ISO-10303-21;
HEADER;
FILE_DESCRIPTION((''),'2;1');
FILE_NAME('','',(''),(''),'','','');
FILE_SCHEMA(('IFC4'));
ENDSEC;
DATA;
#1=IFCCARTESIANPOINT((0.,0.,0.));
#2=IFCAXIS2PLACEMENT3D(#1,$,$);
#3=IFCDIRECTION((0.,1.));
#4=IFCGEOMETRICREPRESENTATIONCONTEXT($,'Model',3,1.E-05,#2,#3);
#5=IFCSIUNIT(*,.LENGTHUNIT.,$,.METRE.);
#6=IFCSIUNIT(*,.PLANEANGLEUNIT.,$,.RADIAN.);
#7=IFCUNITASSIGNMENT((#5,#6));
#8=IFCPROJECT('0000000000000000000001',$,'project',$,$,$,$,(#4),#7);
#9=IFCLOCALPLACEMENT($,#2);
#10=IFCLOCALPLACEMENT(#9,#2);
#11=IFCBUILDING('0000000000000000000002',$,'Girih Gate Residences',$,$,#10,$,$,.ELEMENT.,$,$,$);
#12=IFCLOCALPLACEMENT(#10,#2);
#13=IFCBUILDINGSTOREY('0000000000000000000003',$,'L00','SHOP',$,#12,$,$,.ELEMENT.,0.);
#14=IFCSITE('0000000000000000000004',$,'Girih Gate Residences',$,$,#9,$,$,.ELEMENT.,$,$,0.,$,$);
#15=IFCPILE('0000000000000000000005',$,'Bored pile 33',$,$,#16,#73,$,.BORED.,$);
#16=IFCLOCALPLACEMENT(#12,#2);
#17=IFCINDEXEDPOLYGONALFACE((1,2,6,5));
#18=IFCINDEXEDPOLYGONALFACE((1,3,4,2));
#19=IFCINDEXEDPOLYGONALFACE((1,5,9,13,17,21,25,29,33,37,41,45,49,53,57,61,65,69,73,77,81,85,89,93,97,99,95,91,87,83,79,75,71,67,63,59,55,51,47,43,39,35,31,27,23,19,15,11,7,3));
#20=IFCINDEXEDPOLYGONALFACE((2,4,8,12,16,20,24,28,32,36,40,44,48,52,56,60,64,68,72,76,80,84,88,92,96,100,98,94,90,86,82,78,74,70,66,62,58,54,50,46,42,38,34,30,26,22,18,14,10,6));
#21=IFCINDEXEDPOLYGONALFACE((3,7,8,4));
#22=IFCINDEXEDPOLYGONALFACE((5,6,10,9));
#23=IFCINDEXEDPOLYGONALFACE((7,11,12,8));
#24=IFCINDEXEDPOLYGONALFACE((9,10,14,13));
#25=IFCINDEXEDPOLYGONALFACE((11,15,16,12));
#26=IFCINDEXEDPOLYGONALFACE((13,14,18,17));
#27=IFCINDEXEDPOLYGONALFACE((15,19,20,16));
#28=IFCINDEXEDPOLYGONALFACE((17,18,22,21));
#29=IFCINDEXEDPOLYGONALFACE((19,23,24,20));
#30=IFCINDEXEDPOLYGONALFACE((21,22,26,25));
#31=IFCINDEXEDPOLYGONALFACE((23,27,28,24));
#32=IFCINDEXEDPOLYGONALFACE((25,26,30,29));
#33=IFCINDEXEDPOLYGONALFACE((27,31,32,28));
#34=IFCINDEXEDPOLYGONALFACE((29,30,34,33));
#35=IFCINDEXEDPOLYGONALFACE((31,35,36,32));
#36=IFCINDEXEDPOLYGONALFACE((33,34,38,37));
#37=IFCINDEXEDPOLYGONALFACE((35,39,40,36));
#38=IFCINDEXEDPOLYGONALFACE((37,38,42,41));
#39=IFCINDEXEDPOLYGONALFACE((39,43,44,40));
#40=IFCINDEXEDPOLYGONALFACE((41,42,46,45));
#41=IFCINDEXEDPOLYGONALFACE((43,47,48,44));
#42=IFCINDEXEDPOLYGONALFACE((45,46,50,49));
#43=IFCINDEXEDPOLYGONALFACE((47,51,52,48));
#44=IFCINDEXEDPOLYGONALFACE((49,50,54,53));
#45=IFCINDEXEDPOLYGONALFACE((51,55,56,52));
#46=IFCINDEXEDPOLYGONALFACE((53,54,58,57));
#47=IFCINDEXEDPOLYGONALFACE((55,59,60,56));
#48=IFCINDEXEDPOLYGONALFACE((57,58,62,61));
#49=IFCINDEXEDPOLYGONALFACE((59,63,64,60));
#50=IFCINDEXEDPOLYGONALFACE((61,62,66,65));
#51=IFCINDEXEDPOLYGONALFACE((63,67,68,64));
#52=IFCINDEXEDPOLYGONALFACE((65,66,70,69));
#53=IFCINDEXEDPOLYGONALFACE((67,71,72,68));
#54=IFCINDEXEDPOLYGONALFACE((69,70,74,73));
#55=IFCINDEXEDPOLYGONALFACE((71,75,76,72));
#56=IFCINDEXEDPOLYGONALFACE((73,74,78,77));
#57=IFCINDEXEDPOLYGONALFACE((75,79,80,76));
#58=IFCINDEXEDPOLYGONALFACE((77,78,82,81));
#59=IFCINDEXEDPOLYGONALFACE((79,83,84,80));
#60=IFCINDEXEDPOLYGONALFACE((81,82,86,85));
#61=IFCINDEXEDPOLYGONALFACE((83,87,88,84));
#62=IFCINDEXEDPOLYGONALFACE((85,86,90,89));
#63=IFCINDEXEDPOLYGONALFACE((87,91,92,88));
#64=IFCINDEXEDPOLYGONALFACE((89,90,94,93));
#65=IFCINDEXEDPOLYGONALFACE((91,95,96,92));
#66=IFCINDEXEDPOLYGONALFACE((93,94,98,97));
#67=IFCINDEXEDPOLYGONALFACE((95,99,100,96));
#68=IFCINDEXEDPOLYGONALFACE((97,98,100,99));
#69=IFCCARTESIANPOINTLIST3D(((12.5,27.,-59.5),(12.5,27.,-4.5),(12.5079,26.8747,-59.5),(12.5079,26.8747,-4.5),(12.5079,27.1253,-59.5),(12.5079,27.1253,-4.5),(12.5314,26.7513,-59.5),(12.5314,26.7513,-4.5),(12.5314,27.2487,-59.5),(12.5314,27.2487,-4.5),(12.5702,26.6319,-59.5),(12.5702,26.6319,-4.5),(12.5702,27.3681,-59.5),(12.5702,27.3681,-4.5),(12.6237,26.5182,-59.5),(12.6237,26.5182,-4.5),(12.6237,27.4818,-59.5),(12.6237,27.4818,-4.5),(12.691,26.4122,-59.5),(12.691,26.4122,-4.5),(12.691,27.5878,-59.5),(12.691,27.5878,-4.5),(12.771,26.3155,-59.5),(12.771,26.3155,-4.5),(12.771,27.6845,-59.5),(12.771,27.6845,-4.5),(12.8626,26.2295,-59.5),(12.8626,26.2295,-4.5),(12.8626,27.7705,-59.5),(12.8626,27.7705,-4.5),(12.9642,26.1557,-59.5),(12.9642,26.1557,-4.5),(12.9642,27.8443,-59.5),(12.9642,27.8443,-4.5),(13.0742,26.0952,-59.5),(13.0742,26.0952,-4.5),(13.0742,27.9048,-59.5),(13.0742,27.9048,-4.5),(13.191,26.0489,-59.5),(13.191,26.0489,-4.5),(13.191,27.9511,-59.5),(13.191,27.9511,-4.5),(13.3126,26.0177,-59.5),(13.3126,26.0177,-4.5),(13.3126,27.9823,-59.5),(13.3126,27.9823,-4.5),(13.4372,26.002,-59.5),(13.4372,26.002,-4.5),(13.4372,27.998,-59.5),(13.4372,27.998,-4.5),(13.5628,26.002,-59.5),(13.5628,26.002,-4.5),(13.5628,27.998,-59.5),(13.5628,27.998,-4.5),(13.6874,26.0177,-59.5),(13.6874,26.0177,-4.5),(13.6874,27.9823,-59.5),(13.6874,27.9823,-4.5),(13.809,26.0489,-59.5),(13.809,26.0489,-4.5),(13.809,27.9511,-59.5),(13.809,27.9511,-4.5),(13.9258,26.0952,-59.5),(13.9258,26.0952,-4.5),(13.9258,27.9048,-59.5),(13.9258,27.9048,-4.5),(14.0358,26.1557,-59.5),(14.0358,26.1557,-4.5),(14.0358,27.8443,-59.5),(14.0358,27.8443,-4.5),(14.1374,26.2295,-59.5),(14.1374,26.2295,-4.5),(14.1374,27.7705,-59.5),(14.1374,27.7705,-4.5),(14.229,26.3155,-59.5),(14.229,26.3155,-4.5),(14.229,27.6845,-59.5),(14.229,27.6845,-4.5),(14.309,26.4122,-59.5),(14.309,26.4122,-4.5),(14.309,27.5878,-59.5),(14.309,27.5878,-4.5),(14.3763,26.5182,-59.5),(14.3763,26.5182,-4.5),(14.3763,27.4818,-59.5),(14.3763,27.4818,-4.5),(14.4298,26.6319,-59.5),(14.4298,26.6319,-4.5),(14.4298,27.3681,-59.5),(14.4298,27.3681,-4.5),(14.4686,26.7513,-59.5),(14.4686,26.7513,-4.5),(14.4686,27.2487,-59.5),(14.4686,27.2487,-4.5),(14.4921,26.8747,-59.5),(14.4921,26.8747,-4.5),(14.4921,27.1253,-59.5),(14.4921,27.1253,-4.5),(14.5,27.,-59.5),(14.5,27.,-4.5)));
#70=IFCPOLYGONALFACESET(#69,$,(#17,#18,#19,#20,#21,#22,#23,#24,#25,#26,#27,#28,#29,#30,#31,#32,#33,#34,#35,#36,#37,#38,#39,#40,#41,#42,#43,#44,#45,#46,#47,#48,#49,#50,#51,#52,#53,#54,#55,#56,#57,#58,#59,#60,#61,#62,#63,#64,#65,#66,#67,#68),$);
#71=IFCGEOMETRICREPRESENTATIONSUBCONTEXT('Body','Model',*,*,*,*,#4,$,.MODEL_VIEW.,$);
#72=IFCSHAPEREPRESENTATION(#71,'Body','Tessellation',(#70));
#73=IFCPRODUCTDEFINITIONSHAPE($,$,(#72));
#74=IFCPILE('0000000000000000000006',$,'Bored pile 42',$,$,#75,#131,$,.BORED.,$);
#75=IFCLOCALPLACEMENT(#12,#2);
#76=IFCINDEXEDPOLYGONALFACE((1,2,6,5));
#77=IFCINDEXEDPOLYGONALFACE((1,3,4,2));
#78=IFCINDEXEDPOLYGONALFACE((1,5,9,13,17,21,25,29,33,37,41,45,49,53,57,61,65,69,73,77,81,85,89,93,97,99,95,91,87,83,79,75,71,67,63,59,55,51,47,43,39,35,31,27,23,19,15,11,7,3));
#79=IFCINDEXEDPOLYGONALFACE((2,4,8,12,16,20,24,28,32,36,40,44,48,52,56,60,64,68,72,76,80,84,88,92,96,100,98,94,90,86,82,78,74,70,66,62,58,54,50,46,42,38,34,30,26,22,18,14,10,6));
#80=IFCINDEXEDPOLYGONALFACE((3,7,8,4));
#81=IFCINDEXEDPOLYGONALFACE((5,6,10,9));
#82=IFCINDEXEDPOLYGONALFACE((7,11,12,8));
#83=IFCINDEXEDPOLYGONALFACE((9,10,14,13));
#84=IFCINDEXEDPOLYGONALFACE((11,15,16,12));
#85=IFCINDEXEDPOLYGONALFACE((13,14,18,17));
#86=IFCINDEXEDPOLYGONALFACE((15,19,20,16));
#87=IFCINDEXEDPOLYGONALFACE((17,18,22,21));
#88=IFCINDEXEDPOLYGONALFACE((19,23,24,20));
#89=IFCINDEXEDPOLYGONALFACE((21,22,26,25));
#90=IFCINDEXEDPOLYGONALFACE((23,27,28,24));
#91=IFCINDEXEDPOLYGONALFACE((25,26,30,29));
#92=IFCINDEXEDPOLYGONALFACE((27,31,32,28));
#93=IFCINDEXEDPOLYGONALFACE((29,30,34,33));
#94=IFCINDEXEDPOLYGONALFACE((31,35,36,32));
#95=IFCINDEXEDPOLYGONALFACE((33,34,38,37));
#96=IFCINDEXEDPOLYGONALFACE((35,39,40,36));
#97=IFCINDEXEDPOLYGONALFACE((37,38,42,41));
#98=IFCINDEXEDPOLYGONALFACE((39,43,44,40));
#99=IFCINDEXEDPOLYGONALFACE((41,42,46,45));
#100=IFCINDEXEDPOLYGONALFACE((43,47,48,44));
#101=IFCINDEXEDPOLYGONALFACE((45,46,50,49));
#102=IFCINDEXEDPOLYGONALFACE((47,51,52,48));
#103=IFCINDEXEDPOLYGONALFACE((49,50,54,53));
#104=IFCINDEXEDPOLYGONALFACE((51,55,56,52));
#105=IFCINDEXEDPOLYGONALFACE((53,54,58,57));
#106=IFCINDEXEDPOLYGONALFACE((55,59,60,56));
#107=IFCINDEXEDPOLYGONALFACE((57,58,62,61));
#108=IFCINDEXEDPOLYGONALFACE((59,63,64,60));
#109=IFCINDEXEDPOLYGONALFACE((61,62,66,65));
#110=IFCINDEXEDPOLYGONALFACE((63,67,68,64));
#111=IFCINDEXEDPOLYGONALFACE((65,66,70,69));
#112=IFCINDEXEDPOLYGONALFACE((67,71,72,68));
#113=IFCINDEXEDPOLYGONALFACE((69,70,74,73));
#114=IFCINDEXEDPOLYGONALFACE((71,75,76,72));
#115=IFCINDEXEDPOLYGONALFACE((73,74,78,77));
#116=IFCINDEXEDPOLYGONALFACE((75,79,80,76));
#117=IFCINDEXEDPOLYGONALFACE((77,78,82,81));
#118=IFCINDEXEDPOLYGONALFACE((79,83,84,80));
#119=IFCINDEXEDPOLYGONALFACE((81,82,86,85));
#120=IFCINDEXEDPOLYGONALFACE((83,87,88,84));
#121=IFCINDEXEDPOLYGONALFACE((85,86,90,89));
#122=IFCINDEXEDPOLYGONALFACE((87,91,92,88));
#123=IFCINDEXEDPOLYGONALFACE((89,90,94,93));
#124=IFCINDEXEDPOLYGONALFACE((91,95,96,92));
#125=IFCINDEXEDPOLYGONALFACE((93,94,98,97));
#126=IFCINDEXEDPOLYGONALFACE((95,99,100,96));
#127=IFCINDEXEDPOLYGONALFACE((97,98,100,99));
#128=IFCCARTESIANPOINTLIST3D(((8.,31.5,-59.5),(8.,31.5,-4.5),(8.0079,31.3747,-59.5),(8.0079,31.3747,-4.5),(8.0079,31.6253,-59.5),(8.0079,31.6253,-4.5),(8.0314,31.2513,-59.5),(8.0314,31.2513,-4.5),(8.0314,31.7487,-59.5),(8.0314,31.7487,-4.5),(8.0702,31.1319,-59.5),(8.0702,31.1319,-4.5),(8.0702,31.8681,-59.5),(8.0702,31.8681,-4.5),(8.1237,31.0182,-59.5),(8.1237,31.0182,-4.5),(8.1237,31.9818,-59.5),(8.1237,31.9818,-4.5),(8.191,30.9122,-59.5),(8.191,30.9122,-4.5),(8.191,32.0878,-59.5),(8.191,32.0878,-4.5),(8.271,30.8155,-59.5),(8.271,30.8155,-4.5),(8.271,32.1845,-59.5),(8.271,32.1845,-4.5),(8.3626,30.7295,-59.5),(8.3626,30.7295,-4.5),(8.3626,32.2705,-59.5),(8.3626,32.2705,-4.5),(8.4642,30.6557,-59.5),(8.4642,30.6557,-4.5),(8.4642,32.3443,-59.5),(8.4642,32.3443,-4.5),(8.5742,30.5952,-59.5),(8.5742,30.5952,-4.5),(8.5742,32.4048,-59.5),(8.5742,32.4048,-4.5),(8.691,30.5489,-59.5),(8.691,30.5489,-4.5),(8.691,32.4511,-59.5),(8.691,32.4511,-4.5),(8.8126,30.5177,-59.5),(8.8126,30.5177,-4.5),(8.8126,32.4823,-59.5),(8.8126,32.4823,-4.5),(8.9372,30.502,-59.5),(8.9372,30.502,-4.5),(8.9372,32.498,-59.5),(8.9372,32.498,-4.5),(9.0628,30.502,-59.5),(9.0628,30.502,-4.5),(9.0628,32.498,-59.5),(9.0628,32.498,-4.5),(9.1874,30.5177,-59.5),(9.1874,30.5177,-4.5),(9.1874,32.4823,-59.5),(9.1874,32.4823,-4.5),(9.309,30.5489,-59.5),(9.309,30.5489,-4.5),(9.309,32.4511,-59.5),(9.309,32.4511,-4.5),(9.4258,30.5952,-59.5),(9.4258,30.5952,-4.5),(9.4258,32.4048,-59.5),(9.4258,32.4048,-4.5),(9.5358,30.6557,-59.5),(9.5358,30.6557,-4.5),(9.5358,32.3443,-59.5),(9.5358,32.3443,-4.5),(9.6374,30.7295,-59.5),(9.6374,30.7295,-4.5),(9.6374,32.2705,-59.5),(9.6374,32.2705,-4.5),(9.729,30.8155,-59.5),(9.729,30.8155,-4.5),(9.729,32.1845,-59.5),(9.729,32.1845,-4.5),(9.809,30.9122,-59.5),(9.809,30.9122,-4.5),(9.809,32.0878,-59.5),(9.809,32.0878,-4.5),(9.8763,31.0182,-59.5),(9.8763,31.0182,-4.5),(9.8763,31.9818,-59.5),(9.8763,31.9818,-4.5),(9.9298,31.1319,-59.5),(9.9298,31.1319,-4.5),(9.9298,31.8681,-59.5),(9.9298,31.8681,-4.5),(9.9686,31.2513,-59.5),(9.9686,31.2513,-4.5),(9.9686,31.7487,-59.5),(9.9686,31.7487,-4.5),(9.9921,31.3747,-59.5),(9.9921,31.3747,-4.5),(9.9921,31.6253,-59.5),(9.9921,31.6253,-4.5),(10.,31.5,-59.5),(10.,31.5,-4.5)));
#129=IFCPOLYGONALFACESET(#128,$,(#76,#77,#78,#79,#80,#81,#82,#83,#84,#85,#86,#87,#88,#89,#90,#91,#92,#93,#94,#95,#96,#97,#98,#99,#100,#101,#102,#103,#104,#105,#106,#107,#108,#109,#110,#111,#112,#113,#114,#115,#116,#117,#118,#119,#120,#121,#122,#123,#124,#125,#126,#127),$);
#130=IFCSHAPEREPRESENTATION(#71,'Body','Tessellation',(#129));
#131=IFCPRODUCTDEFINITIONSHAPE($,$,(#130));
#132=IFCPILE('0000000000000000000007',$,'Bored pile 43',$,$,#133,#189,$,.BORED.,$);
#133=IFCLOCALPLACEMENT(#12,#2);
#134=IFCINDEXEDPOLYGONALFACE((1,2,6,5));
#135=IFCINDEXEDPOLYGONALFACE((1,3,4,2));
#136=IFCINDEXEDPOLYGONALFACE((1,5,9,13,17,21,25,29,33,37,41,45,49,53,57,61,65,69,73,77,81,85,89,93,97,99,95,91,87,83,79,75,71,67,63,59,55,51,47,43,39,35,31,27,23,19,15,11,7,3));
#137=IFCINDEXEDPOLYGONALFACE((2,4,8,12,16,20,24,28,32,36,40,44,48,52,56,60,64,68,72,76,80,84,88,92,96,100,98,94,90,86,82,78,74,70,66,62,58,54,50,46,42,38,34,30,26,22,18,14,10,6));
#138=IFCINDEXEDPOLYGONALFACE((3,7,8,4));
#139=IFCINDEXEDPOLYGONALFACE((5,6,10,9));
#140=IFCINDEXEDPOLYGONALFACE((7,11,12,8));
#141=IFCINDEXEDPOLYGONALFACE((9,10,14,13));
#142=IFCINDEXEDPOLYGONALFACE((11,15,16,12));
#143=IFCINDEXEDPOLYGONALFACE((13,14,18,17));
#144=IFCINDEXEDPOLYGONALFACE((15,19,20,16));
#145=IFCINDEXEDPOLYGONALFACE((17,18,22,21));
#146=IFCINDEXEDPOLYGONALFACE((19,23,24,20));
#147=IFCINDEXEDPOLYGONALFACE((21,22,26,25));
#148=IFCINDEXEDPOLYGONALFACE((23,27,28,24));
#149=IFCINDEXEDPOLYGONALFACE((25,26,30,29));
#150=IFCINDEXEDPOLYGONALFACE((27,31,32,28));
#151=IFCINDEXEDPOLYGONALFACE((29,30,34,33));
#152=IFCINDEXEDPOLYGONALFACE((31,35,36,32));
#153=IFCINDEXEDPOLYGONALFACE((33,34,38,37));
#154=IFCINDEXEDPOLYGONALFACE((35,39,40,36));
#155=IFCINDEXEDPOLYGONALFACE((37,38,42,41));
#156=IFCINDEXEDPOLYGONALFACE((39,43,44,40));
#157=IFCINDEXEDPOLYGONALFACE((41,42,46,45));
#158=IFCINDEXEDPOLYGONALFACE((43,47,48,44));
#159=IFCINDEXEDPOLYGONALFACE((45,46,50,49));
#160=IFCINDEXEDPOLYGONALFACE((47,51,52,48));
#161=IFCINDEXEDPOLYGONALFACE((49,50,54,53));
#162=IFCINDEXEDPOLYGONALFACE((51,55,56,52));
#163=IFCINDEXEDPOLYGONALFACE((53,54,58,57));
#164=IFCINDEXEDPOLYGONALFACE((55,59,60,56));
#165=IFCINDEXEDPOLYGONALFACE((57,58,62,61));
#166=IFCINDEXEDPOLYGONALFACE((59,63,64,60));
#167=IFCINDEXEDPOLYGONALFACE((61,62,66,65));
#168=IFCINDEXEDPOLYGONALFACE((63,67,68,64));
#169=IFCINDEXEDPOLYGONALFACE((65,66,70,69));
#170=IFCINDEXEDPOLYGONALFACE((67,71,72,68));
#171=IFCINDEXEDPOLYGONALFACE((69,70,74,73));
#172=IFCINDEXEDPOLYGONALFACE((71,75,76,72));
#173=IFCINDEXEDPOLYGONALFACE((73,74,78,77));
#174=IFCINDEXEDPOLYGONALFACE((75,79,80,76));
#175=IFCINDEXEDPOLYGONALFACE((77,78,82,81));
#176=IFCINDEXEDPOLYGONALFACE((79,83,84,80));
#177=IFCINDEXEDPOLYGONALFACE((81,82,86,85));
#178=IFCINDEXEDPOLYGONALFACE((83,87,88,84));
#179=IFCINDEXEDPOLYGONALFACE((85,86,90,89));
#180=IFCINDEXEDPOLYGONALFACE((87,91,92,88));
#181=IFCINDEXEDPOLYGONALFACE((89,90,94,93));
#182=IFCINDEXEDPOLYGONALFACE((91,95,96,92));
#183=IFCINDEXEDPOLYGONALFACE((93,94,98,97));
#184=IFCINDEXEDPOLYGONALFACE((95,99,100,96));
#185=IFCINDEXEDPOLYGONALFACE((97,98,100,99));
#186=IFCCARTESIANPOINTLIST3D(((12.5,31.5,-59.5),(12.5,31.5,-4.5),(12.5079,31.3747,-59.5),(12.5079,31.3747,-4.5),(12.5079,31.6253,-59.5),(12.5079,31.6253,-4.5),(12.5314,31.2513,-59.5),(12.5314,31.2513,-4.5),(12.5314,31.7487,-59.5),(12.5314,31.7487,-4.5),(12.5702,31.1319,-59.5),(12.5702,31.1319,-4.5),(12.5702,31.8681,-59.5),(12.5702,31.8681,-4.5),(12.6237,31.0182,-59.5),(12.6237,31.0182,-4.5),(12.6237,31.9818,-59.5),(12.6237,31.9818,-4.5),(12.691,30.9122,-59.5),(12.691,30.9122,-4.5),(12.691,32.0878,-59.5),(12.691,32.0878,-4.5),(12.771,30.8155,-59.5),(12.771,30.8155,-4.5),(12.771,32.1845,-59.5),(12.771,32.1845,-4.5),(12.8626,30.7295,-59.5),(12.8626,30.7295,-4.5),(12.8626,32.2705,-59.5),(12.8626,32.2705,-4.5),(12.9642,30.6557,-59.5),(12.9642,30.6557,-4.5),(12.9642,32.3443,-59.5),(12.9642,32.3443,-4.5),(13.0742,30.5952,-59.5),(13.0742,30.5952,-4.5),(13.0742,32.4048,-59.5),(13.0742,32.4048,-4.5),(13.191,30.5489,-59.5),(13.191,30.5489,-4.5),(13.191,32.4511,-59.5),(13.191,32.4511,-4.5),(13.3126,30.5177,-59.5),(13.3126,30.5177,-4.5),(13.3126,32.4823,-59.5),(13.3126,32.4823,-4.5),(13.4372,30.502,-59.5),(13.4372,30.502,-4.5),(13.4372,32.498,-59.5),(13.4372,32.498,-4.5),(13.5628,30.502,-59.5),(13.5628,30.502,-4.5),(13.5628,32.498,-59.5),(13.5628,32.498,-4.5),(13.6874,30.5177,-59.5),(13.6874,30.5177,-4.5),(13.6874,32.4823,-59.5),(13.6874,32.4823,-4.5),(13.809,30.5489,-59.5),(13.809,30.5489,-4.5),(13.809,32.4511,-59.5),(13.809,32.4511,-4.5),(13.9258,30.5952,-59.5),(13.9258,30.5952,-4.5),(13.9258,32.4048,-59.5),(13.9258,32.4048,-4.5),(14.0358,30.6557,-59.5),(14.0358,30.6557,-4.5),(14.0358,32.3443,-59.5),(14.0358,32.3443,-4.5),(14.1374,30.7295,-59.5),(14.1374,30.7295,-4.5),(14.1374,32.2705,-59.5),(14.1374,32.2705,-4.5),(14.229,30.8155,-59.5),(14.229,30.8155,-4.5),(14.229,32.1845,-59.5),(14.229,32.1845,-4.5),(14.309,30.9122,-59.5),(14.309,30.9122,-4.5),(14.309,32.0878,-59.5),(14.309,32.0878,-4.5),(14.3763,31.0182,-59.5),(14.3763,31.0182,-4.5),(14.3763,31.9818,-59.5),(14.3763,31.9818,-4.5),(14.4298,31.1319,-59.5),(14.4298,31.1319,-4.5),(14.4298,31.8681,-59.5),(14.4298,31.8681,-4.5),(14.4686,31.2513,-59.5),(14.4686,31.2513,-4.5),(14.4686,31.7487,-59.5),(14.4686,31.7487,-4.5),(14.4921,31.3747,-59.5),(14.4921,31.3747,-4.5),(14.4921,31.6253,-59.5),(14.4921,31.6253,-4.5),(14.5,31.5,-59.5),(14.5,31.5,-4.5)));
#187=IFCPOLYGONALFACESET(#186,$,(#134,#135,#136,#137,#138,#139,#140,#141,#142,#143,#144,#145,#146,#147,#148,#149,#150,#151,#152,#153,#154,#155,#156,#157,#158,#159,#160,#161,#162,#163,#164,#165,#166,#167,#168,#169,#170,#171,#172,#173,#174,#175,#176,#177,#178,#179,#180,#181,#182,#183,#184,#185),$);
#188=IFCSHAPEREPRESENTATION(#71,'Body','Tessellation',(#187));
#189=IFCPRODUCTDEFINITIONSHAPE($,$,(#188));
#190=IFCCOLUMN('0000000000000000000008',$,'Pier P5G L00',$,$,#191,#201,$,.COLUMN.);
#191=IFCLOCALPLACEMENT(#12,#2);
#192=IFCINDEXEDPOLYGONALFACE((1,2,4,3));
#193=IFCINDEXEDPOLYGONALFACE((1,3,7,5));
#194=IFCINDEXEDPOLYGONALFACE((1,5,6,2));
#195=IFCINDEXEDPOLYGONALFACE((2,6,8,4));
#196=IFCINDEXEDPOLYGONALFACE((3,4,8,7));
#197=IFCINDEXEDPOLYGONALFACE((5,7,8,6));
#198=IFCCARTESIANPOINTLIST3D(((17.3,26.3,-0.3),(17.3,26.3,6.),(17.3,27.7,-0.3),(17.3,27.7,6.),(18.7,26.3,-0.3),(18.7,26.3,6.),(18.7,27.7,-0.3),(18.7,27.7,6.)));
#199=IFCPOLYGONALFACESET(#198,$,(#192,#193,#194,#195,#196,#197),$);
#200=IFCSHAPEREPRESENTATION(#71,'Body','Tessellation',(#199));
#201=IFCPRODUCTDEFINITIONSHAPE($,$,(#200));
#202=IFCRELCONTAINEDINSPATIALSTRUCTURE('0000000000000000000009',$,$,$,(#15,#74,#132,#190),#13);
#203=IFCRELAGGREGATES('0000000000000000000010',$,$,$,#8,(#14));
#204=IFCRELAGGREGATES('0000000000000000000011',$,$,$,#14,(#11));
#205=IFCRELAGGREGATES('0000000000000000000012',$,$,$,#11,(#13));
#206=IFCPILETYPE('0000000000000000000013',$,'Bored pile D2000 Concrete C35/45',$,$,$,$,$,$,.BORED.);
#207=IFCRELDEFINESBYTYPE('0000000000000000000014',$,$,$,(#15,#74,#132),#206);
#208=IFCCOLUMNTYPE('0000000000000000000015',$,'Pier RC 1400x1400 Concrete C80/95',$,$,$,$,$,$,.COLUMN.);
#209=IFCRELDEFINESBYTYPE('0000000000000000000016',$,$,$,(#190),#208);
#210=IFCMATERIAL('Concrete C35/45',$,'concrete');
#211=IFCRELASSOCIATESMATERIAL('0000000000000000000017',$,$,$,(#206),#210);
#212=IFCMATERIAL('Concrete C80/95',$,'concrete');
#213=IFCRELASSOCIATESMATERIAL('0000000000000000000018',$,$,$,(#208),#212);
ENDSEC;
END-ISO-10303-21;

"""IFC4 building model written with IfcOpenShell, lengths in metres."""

from ifc_helpers import new_model, si_unit, direction, frame, origin, origin_2d, place, context, subcontext, project, spatial, rectangle, circle, extrude, material, material_profile, profile_set, type_object, element, save


model = new_model("IFC4")

# Units and contexts
model_context = context("Model", 3, precision=1e-05, world=origin(), true_north=direction((0.0, 1.0)))
body_context = subcontext(model_context, "Body", "Model", "MODEL_VIEW")
ifc_project = project(units=[si_unit("LENGTHUNIT", "METRE"), si_unit("PLANEANGLEUNIT", "RADIAN")], contexts=[model_context])

# Site, building, storey
site_placement = place(None, origin())
site = spatial("IfcSite", under=ifc_project, at=site_placement, Name="Girih Gate Residences", CompositionType="ELEMENT", RefElevation=0.0)
building_placement = place(site_placement, origin())
building = spatial("IfcBuilding", under=site, at=building_placement, Name="Girih Gate Residences", CompositionType="ELEMENT")
storey_placement = place(building_placement, origin())
storey = spatial("IfcBuildingStorey", under=building, at=storey_placement, Name="L00", Description="SHOP", CompositionType="ELEMENT", Elevation=0.0)

# Piles
ifc_material_1 = material(Name="Concrete C35/45", Category="concrete")
ifc_material_profile_1 = material_profile(ifc_material_1, circle(Radius=1.0, at=origin_2d()))
ifc_profile_set_1 = profile_set([ifc_material_profile_1], Name="Concrete C35/45")
pile_type_1 = type_object("IfcPileType", Name="Bored pile D2000 Concrete C35/45", PredefinedType="BORED", material=ifc_profile_set_1)
for number, where, z_axis, x_axis, name in (
    (1, (13.5, 27.0, -4.5), (0.0, 0.0, -1.0), (1.0, 0.0, 0.0), "Bored pile 33"),
    (2, (9.0, 31.5, -4.5), (0.0, 0.0, -1.0), (1.0, 0.0, 0.0), "Bored pile 42"),
    (3, (13.5, 31.5, -4.5), (0.0, 0.0, -1.0), (1.0, 0.0, 0.0), "Bored pile 43"),
):
    element("IfcPile", number, at=place(storey_placement, frame(where, z_axis=z_axis, x_axis=x_axis)), inside=storey, type_object=pile_type_1, Name=name, PredefinedType="BORED", context=body_context, shape_type="SweptSolid", body=[
        extrude(circle(Radius=1.0, at=origin_2d()), origin(), (0.0, 0.0, 1.0), 55.0),
    ])

# Column
ifc_material_2 = material(Name="Concrete C80/95", Category="concrete")
ifc_material_profile_2 = material_profile(ifc_material_2, rectangle(XDim=1.3999, YDim=1.3999, at=origin_2d()))
ifc_profile_set_2 = profile_set([ifc_material_profile_2], Name="Concrete C80/95")
column_type = type_object("IfcColumnType", Name="Pier RC 1400x1400 Concrete C80/95", PredefinedType="COLUMN", material=ifc_profile_set_2)
for number, where, z_axis, x_axis, name in (
    (4, (18.0, 27.0, -0.3), (0.0, 0.0, 1.0), (1.0, 0.0, 0.0), "Pier P5G L00"),
):
    element("IfcColumn", number, at=place(storey_placement, frame(where, z_axis=z_axis, x_axis=x_axis)), inside=storey, type_object=column_type, Name=name, PredefinedType="COLUMN", context=body_context, shape_type="SweptSolid", body=[
        extrude(rectangle(XDim=1.3999, YDim=1.3999, at=origin_2d()), origin(), (0.0, 0.0, 1.0), 6.3),
    ])

save(model, "model.ifc")
